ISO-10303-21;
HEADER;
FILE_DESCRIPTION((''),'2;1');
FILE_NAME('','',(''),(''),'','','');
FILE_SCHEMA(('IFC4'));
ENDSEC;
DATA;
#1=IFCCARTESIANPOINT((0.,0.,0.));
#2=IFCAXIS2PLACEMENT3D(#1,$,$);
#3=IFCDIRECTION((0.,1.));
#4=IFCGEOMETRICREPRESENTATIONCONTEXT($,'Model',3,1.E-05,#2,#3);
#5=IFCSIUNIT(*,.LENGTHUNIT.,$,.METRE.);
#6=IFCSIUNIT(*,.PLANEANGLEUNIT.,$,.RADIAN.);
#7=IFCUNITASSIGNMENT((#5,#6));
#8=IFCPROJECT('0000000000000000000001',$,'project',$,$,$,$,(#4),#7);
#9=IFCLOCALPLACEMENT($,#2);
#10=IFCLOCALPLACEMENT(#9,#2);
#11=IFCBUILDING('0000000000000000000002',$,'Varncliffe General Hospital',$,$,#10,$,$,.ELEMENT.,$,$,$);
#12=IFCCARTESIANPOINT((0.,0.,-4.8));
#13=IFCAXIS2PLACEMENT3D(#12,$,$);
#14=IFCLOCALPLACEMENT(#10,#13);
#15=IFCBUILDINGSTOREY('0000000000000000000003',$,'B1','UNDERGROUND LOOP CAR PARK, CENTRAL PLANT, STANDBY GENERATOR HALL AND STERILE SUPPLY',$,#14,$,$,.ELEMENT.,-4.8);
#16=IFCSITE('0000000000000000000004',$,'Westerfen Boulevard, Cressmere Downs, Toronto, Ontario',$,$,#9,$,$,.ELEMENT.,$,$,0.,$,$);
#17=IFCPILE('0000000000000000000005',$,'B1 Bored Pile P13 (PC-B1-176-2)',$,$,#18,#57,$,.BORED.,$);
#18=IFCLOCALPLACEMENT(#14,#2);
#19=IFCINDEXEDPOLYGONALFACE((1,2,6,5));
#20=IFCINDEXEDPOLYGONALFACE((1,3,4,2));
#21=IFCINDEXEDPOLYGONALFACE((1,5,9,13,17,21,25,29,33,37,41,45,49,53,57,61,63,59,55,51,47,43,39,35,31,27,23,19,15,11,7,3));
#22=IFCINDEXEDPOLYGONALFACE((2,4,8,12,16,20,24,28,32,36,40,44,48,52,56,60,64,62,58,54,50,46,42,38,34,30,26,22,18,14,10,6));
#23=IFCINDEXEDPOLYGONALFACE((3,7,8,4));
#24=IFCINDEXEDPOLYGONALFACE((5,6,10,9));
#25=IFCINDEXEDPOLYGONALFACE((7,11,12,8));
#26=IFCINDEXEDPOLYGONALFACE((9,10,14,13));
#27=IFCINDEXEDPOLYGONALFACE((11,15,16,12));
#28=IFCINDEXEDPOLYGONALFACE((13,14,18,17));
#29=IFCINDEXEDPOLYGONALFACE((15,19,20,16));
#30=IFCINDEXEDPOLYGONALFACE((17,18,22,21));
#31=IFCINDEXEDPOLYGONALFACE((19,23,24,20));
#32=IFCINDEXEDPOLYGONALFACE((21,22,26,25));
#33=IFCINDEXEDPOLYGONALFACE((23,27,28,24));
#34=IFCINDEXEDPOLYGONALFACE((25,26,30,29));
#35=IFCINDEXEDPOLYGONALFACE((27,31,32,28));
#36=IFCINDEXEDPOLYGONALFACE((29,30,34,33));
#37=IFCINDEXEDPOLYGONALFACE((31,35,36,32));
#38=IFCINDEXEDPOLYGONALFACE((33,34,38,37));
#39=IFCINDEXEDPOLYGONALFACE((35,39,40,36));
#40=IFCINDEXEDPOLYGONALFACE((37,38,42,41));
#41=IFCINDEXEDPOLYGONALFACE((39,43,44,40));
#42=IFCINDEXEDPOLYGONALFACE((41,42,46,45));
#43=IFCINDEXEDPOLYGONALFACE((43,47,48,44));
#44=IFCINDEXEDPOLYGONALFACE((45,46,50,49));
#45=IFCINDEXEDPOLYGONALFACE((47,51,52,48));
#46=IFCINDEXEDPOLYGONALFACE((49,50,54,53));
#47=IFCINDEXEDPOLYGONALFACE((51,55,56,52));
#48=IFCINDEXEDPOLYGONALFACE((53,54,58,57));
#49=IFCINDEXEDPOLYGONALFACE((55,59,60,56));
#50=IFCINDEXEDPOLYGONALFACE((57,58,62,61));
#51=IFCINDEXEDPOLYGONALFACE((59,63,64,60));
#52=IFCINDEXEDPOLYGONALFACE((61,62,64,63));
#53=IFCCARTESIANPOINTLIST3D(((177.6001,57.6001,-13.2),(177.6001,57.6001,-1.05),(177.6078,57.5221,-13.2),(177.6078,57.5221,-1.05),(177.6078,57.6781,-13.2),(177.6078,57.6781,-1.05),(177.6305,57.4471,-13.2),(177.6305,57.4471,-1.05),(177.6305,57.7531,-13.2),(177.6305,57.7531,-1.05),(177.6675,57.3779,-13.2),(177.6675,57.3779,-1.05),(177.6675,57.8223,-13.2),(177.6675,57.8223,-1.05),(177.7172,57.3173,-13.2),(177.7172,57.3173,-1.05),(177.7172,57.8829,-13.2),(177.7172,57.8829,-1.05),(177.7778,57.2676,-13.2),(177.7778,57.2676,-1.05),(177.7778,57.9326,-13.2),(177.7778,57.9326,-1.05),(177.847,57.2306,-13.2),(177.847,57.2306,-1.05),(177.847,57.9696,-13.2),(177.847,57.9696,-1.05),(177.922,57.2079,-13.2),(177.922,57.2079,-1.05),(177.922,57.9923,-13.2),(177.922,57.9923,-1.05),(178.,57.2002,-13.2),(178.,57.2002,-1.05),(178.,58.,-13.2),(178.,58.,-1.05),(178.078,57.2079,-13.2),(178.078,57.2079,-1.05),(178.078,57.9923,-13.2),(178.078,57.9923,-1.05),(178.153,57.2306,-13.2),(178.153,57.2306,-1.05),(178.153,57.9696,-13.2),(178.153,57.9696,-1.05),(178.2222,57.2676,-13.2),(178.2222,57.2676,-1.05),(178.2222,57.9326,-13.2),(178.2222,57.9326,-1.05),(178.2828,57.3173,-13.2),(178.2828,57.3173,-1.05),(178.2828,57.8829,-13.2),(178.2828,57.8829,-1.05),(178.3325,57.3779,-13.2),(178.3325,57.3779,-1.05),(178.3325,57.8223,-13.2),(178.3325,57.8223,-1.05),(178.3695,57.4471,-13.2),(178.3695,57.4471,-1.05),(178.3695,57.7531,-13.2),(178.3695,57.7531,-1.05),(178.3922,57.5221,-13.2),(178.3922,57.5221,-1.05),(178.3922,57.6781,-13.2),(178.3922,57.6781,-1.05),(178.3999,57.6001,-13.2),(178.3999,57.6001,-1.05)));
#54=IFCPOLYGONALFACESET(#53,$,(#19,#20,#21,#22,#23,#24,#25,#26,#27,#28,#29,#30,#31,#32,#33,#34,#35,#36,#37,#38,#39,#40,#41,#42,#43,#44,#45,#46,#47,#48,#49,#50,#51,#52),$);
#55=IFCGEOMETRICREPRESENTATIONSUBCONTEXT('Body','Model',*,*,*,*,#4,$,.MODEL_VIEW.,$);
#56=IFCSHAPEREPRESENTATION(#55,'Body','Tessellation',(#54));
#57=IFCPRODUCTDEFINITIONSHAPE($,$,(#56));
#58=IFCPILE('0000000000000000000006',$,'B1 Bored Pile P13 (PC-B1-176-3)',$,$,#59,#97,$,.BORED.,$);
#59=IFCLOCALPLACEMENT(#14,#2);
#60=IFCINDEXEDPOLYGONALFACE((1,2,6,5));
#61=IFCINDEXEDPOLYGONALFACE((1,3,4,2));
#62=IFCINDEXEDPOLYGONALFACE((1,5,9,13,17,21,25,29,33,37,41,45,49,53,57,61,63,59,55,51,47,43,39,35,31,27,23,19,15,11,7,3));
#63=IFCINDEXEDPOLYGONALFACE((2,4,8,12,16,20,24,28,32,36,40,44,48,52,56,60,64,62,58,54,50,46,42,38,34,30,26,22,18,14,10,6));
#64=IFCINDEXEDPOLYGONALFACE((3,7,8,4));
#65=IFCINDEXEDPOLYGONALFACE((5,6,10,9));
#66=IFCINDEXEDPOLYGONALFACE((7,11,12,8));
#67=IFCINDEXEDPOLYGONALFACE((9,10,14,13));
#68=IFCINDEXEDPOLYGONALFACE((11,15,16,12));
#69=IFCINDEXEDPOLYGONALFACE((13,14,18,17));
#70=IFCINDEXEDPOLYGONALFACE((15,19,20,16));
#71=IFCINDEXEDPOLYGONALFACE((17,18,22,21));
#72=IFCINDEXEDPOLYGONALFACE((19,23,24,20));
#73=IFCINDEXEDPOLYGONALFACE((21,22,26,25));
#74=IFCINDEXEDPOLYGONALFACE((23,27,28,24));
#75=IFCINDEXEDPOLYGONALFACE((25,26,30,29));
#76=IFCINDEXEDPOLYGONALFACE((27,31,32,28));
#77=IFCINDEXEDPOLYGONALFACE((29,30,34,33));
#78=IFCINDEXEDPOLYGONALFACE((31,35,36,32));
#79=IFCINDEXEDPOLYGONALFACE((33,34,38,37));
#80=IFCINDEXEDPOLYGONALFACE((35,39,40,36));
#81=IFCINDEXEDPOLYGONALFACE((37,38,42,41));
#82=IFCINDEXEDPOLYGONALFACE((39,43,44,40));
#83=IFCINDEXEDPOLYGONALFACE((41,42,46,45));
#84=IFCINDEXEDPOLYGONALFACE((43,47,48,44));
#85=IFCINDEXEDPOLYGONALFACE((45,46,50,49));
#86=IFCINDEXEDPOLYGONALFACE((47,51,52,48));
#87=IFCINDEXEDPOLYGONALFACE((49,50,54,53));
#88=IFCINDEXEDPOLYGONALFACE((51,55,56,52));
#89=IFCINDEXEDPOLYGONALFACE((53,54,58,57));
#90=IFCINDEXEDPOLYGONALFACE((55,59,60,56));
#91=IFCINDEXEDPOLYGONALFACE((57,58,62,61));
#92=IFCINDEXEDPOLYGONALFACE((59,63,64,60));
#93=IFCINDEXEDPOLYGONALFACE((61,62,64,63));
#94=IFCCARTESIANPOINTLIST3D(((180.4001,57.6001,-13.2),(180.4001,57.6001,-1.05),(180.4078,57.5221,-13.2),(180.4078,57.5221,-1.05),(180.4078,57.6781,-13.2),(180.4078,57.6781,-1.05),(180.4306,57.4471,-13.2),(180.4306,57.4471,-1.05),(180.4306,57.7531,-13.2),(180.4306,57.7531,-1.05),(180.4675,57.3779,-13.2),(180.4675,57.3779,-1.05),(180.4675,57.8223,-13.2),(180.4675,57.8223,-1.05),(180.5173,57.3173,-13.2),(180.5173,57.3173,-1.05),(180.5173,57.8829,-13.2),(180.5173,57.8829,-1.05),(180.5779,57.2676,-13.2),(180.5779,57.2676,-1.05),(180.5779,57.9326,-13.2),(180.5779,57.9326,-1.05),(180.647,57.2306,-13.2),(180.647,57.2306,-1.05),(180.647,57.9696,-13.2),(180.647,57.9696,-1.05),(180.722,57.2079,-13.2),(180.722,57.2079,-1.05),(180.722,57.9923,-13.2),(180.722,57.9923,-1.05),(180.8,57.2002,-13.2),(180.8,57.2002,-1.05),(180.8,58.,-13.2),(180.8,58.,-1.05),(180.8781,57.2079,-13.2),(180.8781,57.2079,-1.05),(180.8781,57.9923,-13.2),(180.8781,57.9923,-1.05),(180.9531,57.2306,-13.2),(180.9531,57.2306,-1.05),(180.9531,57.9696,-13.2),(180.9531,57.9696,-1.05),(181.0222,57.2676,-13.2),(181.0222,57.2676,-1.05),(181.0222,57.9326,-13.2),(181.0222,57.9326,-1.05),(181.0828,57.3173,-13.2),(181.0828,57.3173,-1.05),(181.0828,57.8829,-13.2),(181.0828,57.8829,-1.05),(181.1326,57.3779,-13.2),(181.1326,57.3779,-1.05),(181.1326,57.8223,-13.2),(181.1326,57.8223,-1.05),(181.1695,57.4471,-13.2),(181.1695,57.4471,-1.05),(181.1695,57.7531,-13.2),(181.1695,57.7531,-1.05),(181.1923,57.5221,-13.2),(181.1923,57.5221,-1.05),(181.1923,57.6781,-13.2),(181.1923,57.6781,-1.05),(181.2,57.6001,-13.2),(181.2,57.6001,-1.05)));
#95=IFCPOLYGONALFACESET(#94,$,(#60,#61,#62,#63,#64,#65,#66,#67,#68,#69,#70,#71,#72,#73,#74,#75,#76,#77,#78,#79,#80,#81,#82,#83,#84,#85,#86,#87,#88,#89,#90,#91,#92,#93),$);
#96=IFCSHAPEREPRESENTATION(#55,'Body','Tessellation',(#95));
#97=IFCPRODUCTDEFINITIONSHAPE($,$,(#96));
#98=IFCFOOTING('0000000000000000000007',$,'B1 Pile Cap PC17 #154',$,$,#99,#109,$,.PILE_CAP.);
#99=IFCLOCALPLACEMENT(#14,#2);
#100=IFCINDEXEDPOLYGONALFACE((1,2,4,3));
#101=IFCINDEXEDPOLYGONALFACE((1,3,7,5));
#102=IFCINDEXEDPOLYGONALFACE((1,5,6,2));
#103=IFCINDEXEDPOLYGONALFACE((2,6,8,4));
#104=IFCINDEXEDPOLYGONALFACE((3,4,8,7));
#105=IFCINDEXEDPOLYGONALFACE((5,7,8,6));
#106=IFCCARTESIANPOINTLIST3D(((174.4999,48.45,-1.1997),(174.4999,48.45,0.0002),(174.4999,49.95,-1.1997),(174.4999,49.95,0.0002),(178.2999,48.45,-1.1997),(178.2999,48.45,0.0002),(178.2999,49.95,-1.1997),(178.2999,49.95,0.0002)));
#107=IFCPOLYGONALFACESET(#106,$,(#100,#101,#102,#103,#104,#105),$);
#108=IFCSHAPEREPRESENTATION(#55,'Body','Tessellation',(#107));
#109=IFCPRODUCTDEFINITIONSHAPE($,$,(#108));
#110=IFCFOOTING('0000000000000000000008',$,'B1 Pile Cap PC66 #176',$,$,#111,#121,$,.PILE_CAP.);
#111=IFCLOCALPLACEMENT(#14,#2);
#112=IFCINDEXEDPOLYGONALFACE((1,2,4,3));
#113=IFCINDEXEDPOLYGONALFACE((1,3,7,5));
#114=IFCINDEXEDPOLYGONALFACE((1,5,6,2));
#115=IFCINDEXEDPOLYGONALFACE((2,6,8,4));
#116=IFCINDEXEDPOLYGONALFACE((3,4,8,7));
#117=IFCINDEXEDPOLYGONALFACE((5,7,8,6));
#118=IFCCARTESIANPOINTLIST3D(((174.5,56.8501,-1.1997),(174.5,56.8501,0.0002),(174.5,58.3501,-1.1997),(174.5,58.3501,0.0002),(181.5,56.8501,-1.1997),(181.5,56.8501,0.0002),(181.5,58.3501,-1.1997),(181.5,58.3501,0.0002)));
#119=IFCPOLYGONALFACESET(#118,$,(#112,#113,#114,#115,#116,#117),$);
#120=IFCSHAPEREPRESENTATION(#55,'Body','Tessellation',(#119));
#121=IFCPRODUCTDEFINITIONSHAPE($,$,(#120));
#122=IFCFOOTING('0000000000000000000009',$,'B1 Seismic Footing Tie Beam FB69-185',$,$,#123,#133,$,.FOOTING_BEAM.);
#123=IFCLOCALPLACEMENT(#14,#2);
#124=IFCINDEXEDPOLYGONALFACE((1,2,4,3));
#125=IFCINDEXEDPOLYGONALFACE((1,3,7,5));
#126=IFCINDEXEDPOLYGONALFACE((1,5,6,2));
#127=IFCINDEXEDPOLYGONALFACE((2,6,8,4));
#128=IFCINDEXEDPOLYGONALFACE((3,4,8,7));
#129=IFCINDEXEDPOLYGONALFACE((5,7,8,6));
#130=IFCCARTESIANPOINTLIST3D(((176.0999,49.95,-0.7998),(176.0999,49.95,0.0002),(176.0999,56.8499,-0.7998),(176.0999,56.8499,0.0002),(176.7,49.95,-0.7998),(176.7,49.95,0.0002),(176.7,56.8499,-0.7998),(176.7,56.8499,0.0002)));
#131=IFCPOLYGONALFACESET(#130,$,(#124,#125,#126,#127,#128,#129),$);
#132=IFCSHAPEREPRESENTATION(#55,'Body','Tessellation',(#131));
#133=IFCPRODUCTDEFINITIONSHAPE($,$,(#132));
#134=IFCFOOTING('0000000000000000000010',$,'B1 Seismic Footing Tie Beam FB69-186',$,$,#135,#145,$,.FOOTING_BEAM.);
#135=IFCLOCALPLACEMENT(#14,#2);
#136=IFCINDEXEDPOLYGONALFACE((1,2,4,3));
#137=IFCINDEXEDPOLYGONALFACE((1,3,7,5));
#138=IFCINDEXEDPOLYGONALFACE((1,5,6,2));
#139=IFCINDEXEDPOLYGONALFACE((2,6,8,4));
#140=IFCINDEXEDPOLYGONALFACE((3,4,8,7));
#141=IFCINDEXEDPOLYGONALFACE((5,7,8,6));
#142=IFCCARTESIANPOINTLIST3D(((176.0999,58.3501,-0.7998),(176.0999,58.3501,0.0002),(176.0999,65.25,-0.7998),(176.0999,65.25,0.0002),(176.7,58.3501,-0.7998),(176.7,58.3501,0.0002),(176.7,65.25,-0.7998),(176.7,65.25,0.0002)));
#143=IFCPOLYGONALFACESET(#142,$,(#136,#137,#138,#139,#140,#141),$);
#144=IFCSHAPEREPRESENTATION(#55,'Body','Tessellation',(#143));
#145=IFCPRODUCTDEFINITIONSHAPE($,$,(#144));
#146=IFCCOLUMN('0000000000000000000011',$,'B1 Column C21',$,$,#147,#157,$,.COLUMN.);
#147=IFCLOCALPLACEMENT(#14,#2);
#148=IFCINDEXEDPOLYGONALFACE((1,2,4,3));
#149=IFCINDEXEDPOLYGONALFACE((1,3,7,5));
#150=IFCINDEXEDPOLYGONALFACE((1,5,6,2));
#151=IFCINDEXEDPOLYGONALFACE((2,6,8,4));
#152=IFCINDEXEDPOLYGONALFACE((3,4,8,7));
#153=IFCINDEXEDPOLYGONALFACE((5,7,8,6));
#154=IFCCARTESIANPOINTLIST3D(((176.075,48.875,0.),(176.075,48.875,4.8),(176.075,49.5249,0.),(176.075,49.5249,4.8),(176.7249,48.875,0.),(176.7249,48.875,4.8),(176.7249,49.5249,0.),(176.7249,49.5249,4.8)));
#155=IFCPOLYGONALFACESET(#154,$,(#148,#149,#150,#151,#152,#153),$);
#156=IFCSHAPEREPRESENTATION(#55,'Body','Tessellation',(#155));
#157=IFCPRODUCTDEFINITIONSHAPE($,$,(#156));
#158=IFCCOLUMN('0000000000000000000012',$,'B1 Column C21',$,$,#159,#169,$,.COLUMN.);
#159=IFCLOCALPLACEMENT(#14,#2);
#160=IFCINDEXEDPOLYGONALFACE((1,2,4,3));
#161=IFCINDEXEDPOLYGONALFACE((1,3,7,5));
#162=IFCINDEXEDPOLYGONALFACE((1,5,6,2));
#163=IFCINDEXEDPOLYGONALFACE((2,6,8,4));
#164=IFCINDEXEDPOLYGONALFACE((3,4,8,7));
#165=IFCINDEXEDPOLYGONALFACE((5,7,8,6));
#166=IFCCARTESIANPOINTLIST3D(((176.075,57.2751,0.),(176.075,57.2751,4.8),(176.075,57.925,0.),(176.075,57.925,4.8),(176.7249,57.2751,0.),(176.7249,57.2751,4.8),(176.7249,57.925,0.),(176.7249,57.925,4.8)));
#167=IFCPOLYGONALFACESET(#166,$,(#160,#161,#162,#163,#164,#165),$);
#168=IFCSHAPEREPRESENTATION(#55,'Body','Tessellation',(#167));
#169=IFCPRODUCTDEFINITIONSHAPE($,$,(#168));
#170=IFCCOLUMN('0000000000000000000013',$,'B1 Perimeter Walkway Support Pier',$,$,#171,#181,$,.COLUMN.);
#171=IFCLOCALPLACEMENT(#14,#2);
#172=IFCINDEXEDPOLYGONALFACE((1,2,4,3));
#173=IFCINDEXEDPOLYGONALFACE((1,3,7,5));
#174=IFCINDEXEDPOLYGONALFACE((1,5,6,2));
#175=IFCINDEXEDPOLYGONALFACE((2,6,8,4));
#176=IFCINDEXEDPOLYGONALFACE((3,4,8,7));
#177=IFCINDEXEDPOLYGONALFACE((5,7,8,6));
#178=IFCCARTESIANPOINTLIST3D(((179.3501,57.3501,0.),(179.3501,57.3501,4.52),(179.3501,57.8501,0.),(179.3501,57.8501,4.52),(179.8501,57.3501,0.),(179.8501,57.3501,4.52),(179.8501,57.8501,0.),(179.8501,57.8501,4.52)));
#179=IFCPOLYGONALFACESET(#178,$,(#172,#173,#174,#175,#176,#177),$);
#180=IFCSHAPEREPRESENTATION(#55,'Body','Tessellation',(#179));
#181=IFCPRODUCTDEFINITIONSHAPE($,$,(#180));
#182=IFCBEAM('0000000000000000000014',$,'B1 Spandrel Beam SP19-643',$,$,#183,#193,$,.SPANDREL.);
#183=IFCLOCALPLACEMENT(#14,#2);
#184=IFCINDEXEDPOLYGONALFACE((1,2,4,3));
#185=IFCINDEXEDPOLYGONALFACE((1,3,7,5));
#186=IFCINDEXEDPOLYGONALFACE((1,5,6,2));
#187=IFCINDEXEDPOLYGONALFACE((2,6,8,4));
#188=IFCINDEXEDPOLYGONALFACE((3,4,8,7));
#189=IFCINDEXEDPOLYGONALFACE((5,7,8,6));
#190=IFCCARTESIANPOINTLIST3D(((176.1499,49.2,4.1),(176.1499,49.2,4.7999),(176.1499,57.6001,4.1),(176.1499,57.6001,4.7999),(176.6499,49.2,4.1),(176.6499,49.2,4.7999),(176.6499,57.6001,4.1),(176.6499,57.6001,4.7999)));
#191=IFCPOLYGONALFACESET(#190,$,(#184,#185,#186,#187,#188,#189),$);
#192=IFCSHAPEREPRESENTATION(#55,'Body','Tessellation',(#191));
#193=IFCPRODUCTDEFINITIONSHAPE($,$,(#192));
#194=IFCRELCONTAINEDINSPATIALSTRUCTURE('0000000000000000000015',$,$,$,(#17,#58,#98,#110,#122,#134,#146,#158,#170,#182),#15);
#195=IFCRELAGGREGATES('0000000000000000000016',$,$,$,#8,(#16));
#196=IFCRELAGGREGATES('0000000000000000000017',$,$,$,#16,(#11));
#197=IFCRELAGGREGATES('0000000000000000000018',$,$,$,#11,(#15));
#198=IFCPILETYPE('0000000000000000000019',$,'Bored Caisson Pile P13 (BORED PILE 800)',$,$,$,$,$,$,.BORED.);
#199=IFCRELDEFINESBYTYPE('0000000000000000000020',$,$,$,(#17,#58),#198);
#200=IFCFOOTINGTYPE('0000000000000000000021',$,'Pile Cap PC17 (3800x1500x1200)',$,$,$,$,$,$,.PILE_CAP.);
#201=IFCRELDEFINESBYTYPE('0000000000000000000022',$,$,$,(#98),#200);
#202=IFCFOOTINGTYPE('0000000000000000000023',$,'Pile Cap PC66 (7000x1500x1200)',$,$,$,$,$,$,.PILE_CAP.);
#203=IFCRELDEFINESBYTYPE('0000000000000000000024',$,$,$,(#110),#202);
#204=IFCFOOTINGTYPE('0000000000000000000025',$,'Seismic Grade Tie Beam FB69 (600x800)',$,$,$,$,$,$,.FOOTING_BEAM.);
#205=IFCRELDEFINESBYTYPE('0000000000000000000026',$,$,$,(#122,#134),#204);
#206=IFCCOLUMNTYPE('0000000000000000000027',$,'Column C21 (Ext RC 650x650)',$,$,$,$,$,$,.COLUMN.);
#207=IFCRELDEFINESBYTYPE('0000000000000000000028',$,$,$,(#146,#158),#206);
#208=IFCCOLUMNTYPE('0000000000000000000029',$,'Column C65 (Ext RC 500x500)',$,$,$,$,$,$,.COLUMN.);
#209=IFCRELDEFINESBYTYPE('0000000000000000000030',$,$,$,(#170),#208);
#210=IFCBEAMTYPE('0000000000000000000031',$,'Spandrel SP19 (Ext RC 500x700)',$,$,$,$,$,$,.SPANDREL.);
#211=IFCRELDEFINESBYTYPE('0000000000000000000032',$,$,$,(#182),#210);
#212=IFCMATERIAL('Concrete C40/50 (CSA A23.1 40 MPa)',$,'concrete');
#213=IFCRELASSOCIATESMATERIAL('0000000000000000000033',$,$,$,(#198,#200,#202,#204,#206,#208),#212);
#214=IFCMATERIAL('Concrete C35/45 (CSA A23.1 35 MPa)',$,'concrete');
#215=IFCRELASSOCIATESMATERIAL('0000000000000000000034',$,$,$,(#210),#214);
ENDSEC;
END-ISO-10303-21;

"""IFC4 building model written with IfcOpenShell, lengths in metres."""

from ifc_helpers import new_model, si_unit, direction, frame, origin, origin_2d, place, context, subcontext, project, spatial, rectangle, circle, extrude, material, material_profile, profile_set, type_object, element, save


model = new_model("IFC4")

# Units and contexts
model_context = context("Model", 3, precision=1e-05, world=origin(), true_north=direction((0.0, 1.0)))
body_context = subcontext(model_context, "Body", "Model", "MODEL_VIEW")
ifc_project = project(units=[si_unit("LENGTHUNIT", "METRE"), si_unit("PLANEANGLEUNIT", "RADIAN")], contexts=[model_context])

# Site, building, storey
site_placement = place(None, origin())
site = spatial("IfcSite", under=ifc_project, at=site_placement, Name="Westerfen Boulevard, Cressmere Downs, Toronto, Ontario", CompositionType="ELEMENT", RefElevation=0.0)
building_placement = place(site_placement, origin())
building = spatial("IfcBuilding", under=site, at=building_placement, Name="Varncliffe General Hospital", CompositionType="ELEMENT")
storey_placement = place(building_placement, frame((0.0, 0.0, -4.8)))
storey = spatial("IfcBuildingStorey", under=building, at=storey_placement, Name="B1", Description="UNDERGROUND LOOP CAR PARK, CENTRAL PLANT, STANDBY GENERATOR HALL AND STERILE SUPPLY", CompositionType="ELEMENT", Elevation=-4.8)

# Piles
ifc_material_1 = material(Name="Concrete C40/50 (CSA A23.1 40 MPa)", Category="concrete")
ifc_material_profile_1 = material_profile(ifc_material_1, circle(Radius=0.3999, at=origin_2d()), Name="BORED PILE 800")
ifc_profile_set_1 = profile_set([ifc_material_profile_1], Name="Concrete C40/50 (CSA A23.1 40 MPa)")
pile_type = type_object("IfcPileType", Name="Bored Caisson Pile P13 (BORED PILE 800)", PredefinedType="BORED", material=ifc_profile_set_1)
for number, where, z_axis, x_axis, name in (
    (1, (178.0, 57.6001, -1.05), (0.0, 0.0, -1.0), (1.0, 0.0, 0.0), "B1 Bored Pile P13 (PC-B1-176-2)"),
    (2, (180.8, 57.6001, -1.05), (0.0, 0.0, -1.0), (1.0, 0.0, 0.0), "B1 Bored Pile P13 (PC-B1-176-3)"),
):
    element("IfcPile", number, at=place(storey_placement, frame(where, z_axis=z_axis, x_axis=x_axis)), inside=storey, type_object=pile_type, Name=name, PredefinedType="BORED", context=body_context, shape_type="SweptSolid", body=[
        extrude(circle(Radius=0.3999, at=origin_2d()), origin(), (0.0, 0.0, 1.0), 12.1499),
    ])

# Footings
footing_type_1 = type_object("IfcFootingType", Name="Pile Cap PC17 (3800x1500x1200)", PredefinedType="PILE_CAP", material=ifc_material_1)
footing_1_placement = place(storey_placement, frame((176.3999, 49.2, -1.1997), z_axis=(0.0, 0.0, 1.0), x_axis=(1.0, 0.0, 0.0)))
element("IfcFooting", 3, at=footing_1_placement, inside=storey, type_object=footing_type_1, Name="B1 Pile Cap PC17 #154", PredefinedType="PILE_CAP", context=body_context, shape_type="SweptSolid", body=[
    extrude(rectangle(XDim=3.8, YDim=1.5, at=origin_2d()), origin(), (0.0, 0.0, 1.0), 1.2),
])
footing_type_2 = type_object("IfcFootingType", Name="Pile Cap PC66 (7000x1500x1200)", PredefinedType="PILE_CAP", material=ifc_material_1)
footing_2_placement = place(storey_placement, frame((178.0, 57.6001, -1.1997), z_axis=(0.0, 0.0, 1.0), x_axis=(1.0, 0.0, 0.0)))
element("IfcFooting", 4, at=footing_2_placement, inside=storey, type_object=footing_type_2, Name="B1 Pile Cap PC66 #176", PredefinedType="PILE_CAP", context=body_context, shape_type="SweptSolid", body=[
    extrude(rectangle(XDim=7.0, YDim=1.5, at=origin_2d()), origin(), (0.0, 0.0, 1.0), 1.2),
])
footing_type_3 = type_object("IfcFootingType", Name="Seismic Grade Tie Beam FB69 (600x800)", PredefinedType="FOOTING_BEAM", material=ifc_material_1)
for number, where, z_axis, x_axis, name in (
    (5, (176.3999, 53.3999, -0.7998), (0.0, 0.0, 1.0), (1.0, 0.0, 0.0), "B1 Seismic Footing Tie Beam FB69-185"),
    (6, (176.3999, 61.8, -0.7998), (0.0, 0.0, 1.0), (1.0, 0.0, 0.0), "B1 Seismic Footing Tie Beam FB69-186"),
):
    element("IfcFooting", number, at=place(storey_placement, frame(where, z_axis=z_axis, x_axis=x_axis)), inside=storey, type_object=footing_type_3, Name=name, PredefinedType="FOOTING_BEAM", context=body_context, shape_type="SweptSolid", body=[
        extrude(rectangle(XDim=0.6001, YDim=6.8999, at=origin_2d()), origin(), (0.0, 0.0, 1.0), 0.8),
    ])

# Columns
ifc_material_profile_2 = material_profile(ifc_material_1, rectangle(XDim=0.6499, YDim=0.6499, at=origin_2d()), Name="RC 650x650")
ifc_profile_set_2 = profile_set([ifc_material_profile_2], Name="Concrete C40/50 (CSA A23.1 40 MPa)")
column_type_1 = type_object("IfcColumnType", Name="Column C21 (Ext RC 650x650)", PredefinedType="COLUMN", material=ifc_profile_set_2)
for number, where, z_axis, x_axis, name in (
    (7, (176.3999, 49.2, 0.0), (0.0, 0.0, 1.0), (1.0, 0.0, 0.0), "B1 Column C21"),
    (8, (176.3999, 57.6001, 0.0), (0.0, 0.0, 1.0), (1.0, 0.0, 0.0), "B1 Column C21"),
):
    element("IfcColumn", number, at=place(storey_placement, frame(where, z_axis=z_axis, x_axis=x_axis)), inside=storey, type_object=column_type_1, Name=name, PredefinedType="COLUMN", context=body_context, shape_type="SweptSolid", body=[
        extrude(rectangle(XDim=0.6499, YDim=0.6499, at=origin_2d()), origin(), (0.0, 0.0, 1.0), 4.8),
    ])
ifc_material_profile_3 = material_profile(ifc_material_1, rectangle(XDim=0.5, YDim=0.5, at=origin_2d()), Name="RC 500x500")
ifc_profile_set_3 = profile_set([ifc_material_profile_3], Name="Concrete C40/50 (CSA A23.1 40 MPa)")
column_type_2 = type_object("IfcColumnType", Name="Column C65 (Ext RC 500x500)", PredefinedType="COLUMN", material=ifc_profile_set_3)
column_placement = place(storey_placement, frame((179.6001, 57.6001, 0.0), z_axis=(0.0, 0.0, 1.0), x_axis=(1.0, 0.0, 0.0)))
element("IfcColumn", 9, at=column_placement, inside=storey, type_object=column_type_2, Name="B1 Perimeter Walkway Support Pier", PredefinedType="COLUMN", context=body_context, shape_type="SweptSolid", body=[
    extrude(rectangle(XDim=0.5, YDim=0.5, at=origin_2d()), origin(), (0.0, 0.0, 1.0), 4.52),
])

# Beam
ifc_material_2 = material(Name="Concrete C35/45 (CSA A23.1 35 MPa)", Category="concrete")
ifc_material_profile_4 = material_profile(ifc_material_2, rectangle(XDim=0.5, YDim=0.7, at=origin_2d()), Name="RC 500x700")
ifc_profile_set_4 = profile_set([ifc_material_profile_4], Name="Concrete C35/45 (CSA A23.1 35 MPa)")
beam_type = type_object("IfcBeamType", Name="Spandrel SP19 (Ext RC 500x700)", PredefinedType="SPANDREL", material=ifc_profile_set_4)
beam_1_placement = place(storey_placement, frame((176.3999, 49.2, 4.45), z_axis=(0.0, 1.0, 0.0), x_axis=(-1.0, 0.0, 0.0)))
element("IfcBeam", 10, at=beam_1_placement, inside=storey, type_object=beam_type, Name="B1 Spandrel Beam SP19-643", PredefinedType="SPANDREL", context=body_context, shape_type="SweptSolid", body=[
    extrude(rectangle(XDim=0.5, YDim=0.7, at=origin_2d()), origin(), (0.0, 0.0, 1.0), 8.4001),
])

save(model, "model.ifc")
